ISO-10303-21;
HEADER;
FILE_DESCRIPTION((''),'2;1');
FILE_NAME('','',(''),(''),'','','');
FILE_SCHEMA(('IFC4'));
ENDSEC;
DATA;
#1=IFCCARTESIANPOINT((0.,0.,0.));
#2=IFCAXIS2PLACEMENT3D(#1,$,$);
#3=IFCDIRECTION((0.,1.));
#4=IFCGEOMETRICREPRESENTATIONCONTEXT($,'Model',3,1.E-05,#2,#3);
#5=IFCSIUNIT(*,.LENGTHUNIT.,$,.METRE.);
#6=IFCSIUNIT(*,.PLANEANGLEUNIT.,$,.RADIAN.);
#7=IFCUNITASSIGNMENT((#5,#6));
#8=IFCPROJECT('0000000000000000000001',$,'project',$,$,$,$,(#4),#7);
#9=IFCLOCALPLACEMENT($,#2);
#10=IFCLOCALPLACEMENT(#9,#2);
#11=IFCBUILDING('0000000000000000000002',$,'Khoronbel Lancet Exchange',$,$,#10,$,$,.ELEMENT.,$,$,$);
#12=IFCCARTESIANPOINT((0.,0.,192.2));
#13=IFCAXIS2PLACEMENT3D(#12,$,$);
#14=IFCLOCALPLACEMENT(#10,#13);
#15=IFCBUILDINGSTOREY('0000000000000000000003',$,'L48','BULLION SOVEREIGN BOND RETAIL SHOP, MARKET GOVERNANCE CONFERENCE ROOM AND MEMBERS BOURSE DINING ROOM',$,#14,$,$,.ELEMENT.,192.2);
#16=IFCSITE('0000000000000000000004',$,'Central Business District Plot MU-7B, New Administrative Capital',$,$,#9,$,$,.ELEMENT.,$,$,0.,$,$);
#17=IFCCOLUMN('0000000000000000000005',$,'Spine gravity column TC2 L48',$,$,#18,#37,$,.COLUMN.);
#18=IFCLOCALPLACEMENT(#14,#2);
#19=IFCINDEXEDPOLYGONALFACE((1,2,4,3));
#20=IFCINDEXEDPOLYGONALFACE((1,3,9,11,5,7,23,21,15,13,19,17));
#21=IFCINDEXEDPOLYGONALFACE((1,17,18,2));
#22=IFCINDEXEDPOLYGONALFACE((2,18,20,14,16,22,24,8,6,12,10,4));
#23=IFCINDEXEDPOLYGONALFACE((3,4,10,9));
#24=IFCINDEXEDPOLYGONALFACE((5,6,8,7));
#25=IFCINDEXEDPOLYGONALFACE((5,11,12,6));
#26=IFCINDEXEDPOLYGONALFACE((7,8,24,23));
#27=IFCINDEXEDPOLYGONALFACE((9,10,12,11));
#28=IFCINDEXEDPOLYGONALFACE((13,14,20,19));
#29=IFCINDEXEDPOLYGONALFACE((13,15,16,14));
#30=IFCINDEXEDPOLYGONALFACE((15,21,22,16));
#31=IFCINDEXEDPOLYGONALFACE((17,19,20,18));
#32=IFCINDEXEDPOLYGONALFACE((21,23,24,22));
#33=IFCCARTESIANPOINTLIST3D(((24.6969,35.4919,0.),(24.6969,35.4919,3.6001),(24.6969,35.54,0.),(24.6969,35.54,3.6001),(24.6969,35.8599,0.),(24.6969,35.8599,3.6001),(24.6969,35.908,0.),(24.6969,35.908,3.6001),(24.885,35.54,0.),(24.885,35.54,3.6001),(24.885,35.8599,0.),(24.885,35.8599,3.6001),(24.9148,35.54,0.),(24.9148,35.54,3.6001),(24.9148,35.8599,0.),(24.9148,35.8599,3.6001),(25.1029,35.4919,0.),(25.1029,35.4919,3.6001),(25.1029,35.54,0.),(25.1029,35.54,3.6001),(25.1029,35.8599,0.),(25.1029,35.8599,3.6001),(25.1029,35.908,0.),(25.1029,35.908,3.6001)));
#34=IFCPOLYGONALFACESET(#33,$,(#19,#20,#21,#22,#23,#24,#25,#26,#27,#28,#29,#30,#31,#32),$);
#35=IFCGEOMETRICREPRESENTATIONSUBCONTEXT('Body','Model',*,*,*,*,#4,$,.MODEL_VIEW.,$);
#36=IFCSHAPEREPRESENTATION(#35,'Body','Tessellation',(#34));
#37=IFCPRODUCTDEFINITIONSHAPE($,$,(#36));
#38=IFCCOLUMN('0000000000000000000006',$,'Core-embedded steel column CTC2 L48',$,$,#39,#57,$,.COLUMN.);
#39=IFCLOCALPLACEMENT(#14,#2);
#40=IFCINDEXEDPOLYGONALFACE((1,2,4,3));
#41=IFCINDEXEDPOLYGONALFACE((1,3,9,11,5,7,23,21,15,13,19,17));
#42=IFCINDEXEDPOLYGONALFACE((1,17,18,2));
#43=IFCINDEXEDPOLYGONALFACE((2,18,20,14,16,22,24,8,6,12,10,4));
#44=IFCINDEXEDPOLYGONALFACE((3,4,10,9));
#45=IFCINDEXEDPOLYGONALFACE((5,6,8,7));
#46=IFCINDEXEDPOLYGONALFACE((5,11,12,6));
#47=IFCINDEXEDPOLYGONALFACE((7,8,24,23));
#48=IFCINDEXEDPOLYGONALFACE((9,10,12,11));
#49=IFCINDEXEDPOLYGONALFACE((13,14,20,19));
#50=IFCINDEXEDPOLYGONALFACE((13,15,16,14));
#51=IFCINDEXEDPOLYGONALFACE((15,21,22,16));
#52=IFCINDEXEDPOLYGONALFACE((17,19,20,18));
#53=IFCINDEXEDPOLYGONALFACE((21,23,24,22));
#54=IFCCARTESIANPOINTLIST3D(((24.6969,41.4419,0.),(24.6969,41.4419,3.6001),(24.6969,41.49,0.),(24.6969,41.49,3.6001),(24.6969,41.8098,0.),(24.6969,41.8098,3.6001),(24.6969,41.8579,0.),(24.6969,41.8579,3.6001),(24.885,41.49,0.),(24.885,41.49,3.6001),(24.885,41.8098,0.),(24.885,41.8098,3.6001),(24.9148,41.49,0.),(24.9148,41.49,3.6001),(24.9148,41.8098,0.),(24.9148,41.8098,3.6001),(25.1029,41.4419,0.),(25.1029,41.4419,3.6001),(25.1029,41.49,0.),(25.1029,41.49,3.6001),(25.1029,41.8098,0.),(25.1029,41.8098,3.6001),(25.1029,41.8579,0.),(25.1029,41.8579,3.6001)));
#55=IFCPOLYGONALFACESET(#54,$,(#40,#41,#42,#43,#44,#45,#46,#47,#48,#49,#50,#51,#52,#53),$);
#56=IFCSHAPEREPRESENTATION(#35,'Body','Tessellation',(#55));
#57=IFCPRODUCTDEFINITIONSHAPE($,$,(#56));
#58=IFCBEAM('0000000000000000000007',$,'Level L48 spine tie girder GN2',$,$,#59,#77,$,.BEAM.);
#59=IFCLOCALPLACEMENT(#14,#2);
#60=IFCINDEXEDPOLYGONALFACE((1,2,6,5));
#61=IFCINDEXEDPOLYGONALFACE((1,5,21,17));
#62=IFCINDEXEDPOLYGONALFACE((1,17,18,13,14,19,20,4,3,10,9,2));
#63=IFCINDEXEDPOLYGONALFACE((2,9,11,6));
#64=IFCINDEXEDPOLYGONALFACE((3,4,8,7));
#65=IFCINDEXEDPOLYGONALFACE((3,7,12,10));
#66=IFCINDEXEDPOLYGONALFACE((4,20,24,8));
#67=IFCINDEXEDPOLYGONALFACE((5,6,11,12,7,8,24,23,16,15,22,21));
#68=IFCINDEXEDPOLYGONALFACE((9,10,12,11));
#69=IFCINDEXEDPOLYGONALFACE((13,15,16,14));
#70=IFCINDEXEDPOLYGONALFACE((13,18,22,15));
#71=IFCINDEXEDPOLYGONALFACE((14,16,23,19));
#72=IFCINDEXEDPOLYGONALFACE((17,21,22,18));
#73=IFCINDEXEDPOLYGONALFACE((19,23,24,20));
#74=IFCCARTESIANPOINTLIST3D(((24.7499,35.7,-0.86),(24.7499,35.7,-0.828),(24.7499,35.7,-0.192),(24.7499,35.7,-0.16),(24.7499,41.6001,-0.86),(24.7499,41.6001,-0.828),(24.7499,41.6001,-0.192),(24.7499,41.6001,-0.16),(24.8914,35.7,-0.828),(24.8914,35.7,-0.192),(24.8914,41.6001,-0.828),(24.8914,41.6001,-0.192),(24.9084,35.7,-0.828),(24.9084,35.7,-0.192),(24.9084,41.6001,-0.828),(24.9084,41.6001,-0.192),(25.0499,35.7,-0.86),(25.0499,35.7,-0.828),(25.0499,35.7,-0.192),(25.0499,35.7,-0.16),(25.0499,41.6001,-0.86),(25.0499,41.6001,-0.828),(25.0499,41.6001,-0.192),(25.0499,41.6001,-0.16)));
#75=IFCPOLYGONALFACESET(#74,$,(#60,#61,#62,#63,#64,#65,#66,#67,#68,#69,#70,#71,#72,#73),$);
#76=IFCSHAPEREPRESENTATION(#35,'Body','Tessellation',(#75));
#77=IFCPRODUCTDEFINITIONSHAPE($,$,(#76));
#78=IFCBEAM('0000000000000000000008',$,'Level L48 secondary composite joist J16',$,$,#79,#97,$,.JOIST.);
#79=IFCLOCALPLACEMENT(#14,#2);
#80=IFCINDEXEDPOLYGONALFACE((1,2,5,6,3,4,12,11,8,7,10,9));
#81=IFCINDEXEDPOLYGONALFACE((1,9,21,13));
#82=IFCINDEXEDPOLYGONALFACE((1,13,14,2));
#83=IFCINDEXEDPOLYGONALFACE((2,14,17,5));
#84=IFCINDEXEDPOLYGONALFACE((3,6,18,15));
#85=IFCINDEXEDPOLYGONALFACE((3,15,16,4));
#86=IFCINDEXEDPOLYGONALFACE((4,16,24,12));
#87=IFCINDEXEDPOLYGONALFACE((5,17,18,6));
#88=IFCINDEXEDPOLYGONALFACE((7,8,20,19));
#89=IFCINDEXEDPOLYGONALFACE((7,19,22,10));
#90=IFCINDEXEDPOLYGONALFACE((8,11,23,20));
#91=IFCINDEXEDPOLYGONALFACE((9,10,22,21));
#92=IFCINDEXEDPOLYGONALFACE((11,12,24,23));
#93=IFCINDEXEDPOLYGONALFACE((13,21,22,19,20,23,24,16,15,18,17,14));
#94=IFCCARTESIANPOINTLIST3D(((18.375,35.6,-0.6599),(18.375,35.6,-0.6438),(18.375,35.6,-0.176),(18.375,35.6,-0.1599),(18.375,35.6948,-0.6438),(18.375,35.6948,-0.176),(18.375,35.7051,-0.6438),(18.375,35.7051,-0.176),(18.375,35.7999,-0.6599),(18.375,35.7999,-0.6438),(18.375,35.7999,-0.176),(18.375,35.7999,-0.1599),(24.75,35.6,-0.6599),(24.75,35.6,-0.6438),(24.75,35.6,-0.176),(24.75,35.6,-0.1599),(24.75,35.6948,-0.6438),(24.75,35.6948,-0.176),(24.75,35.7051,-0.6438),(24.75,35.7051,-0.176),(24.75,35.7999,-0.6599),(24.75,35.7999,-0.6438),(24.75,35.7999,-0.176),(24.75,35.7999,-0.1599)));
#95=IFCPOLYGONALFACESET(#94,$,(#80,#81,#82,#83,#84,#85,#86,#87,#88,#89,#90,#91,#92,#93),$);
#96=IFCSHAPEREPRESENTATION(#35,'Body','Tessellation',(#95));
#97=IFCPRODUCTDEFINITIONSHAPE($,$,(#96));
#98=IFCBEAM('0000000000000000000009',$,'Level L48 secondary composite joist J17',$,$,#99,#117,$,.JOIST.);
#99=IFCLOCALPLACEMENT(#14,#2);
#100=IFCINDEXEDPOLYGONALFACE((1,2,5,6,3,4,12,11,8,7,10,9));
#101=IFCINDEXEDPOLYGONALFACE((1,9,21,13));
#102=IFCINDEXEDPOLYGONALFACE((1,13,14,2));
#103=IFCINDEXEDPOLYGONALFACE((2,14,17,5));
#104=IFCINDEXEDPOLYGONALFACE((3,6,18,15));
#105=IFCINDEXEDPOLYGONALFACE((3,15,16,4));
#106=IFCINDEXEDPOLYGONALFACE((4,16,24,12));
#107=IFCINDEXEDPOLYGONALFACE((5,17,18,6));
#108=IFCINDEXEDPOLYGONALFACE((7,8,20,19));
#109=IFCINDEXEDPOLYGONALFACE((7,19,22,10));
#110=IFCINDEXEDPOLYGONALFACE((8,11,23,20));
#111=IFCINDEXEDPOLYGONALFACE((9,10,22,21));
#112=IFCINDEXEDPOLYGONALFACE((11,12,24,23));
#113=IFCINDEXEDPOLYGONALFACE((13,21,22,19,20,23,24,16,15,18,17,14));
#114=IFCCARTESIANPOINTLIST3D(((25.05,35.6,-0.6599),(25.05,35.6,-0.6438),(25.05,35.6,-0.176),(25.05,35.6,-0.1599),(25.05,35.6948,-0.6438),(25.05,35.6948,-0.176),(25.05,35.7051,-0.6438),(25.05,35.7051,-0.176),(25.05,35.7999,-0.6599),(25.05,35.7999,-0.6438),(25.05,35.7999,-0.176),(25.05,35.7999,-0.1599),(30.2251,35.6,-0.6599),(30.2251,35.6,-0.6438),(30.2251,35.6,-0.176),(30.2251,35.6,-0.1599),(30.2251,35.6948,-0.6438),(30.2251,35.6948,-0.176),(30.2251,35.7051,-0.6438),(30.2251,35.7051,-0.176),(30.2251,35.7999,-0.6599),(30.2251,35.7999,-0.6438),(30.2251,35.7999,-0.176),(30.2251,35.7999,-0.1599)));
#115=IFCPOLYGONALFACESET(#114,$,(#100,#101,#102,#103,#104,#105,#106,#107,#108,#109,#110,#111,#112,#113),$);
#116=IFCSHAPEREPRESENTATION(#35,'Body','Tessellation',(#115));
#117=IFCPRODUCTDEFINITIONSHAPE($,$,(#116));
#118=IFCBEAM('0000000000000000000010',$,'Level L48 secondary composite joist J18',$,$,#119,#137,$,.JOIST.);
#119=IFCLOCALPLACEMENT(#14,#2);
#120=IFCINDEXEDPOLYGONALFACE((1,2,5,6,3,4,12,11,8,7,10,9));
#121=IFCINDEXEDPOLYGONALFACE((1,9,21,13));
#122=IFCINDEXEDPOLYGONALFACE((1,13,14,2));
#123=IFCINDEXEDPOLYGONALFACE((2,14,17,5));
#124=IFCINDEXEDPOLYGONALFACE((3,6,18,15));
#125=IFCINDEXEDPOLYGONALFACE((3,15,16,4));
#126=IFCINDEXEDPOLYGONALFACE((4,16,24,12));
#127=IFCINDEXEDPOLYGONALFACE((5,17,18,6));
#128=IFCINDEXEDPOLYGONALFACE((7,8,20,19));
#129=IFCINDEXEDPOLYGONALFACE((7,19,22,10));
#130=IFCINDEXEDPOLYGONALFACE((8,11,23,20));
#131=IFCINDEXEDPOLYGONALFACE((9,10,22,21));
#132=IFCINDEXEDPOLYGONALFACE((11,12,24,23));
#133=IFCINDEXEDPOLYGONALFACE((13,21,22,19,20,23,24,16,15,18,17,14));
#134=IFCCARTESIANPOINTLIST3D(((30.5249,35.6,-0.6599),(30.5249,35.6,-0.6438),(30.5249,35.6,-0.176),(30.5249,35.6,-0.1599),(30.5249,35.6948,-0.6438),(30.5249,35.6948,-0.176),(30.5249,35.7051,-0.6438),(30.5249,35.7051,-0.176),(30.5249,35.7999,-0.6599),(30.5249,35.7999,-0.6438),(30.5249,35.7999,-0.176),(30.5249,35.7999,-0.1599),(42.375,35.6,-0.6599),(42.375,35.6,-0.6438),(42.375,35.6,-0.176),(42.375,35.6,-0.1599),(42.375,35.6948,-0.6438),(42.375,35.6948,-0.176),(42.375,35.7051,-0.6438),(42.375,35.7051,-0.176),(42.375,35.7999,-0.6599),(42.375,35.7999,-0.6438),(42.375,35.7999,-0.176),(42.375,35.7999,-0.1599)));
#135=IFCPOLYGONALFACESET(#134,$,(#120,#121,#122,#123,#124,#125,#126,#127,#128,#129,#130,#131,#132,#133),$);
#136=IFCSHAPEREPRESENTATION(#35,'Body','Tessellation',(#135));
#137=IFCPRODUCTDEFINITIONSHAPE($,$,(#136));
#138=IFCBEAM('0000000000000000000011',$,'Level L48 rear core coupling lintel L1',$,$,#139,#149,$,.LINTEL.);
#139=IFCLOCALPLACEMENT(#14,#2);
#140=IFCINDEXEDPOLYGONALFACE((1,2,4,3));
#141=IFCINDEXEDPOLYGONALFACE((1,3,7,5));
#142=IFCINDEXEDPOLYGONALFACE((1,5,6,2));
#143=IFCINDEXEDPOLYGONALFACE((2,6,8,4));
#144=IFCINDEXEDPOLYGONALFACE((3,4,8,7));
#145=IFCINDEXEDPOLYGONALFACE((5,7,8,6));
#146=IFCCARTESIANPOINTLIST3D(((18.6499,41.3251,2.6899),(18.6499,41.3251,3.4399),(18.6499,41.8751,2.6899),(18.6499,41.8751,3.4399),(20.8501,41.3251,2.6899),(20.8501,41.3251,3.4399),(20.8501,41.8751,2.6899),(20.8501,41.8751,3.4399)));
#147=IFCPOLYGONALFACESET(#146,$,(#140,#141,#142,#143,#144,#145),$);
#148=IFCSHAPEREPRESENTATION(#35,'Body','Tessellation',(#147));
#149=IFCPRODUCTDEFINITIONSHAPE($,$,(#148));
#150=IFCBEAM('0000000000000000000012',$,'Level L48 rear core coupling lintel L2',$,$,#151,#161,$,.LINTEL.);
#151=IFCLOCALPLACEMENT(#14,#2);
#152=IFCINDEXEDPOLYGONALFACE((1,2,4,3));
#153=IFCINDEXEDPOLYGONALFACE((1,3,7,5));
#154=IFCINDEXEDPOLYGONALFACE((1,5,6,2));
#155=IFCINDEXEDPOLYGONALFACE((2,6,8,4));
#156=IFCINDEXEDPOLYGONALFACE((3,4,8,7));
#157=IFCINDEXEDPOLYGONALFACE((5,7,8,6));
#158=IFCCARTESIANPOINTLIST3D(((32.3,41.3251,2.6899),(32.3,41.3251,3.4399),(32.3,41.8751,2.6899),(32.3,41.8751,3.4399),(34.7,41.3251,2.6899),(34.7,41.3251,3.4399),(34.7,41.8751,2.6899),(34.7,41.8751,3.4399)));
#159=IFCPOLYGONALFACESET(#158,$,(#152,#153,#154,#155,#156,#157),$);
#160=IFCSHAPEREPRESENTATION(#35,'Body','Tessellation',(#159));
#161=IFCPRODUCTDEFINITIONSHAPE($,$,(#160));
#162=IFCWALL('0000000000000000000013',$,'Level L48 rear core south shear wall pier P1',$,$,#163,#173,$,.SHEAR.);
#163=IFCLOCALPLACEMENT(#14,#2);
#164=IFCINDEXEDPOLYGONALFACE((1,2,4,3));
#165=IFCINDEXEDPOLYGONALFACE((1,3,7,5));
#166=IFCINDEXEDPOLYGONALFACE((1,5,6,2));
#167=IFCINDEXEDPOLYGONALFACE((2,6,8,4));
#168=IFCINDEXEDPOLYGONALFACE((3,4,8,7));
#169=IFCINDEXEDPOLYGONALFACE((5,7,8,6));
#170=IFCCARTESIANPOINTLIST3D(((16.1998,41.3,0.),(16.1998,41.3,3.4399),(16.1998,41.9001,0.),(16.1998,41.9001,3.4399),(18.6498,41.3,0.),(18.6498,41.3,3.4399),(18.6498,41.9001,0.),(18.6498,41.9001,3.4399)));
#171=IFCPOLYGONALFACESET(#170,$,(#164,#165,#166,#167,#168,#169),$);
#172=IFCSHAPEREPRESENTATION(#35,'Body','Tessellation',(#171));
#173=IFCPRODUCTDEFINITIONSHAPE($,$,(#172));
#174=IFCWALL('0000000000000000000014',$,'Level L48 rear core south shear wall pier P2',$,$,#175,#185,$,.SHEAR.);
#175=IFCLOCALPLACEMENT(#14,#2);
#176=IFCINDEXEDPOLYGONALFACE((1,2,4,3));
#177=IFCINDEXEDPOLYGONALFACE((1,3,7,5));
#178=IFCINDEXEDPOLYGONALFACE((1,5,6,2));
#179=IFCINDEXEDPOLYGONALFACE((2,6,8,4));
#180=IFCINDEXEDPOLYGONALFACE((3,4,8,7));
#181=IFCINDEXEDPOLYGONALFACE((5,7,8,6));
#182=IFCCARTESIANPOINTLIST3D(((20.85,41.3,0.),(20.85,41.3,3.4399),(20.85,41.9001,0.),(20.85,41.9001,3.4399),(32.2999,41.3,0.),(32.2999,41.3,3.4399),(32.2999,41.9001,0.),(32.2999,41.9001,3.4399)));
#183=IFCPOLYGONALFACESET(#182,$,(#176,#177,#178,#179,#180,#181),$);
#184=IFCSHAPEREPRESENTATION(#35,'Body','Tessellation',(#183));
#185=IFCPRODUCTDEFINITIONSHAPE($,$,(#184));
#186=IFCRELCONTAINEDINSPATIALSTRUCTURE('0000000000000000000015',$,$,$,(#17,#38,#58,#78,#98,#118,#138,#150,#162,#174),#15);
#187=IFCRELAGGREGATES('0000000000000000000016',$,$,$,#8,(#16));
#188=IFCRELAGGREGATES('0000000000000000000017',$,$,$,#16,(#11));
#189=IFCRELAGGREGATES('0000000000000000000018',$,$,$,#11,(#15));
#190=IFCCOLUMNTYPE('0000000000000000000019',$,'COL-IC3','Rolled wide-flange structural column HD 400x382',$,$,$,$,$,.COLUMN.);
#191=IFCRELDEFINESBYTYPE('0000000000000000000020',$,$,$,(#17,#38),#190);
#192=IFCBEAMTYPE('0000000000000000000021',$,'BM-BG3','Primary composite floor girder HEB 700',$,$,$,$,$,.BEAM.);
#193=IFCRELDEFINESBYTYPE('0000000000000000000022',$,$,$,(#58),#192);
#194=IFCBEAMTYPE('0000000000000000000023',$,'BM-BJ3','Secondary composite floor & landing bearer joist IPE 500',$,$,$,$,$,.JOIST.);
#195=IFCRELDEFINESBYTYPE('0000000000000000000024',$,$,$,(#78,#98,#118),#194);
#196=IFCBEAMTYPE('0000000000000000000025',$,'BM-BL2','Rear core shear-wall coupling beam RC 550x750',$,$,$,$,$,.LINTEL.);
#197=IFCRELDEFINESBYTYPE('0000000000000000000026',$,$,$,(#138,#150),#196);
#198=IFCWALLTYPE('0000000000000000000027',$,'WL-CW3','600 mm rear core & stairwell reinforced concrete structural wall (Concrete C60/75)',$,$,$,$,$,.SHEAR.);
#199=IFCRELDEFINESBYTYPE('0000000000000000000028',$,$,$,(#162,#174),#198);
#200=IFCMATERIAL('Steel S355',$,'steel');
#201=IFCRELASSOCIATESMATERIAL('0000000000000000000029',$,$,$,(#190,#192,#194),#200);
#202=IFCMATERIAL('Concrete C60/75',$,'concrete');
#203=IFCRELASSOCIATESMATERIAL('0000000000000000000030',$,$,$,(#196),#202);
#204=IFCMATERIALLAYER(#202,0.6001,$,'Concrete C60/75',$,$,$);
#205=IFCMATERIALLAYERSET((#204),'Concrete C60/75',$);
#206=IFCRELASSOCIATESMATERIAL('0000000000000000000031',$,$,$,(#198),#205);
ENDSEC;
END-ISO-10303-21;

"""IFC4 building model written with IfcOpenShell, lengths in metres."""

from ifc_helpers import new_model, si_unit, direction, frame, frame_2d, origin, origin_2d, place, context, subcontext, project, spatial, rectangle, i_section, extrude, material, layer, layer_set, material_profile, profile_set, type_object, element, save


model = new_model("IFC4")

# Units and contexts
model_context = context("Model", 3, precision=1e-05, world=origin(), true_north=direction((0.0, 1.0)))
body_context = subcontext(model_context, "Body", "Model", "MODEL_VIEW")
ifc_project = project(units=[si_unit("LENGTHUNIT", "METRE"), si_unit("PLANEANGLEUNIT", "RADIAN")], contexts=[model_context])

# Site, building, storey
site_placement = place(None, origin())
site = spatial("IfcSite", under=ifc_project, at=site_placement, Name="Central Business District Plot MU-7B, New Administrative Capital", CompositionType="ELEMENT", RefElevation=0.0)
building_placement = place(site_placement, origin())
building = spatial("IfcBuilding", under=site, at=building_placement, Name="Khoronbel Lancet Exchange", CompositionType="ELEMENT")
storey_placement = place(building_placement, frame((0.0, 0.0, 192.2)))
storey = spatial("IfcBuildingStorey", under=building, at=storey_placement, Name="L48", Description="BULLION SOVEREIGN BOND RETAIL SHOP, MARKET GOVERNANCE CONFERENCE ROOM AND MEMBERS BOURSE DINING ROOM", CompositionType="ELEMENT", Elevation=192.2)

# Columns
ifc_material_1 = material(Name="Steel S355", Category="steel")
ifc_material_profile_1 = material_profile(ifc_material_1, i_section(OverallWidth=0.406, OverallDepth=0.416, WebThickness=0.0298, FlangeThickness=0.0481, at=origin_2d()), Name="HD 400x382")
ifc_profile_set_1 = profile_set([ifc_material_profile_1], Name="Steel S355")
column_type = type_object("IfcColumnType", Name="COL-IC3", Description="Rolled wide-flange structural column HD 400x382", PredefinedType="COLUMN", material=ifc_profile_set_1)
for number, where, z_axis, x_axis, name in (
    (1, (24.8999, 35.7, 0.0), (0.0, 0.0, 1.0), (1.0, 0.0, 0.0), "Spine gravity column TC2 L48"),
    (2, (24.8999, 41.6499, 0.0), (0.0, 0.0, 1.0), (1.0, 0.0, 0.0), "Core-embedded steel column CTC2 L48"),
):
    element("IfcColumn", number, at=place(storey_placement, frame(where, z_axis=z_axis, x_axis=x_axis)), inside=storey, type_object=column_type, Name=name, PredefinedType="COLUMN", context=body_context, shape_type="SweptSolid", body=[
        extrude(i_section(OverallWidth=0.406, OverallDepth=0.416, WebThickness=0.0298, FlangeThickness=0.0481, at=origin_2d()), origin(), (0.0, 0.0, 1.0), 3.6001),
    ])

# Beams
ifc_material_profile_2 = material_profile(ifc_material_1, i_section(OverallWidth=0.3, OverallDepth=0.7, WebThickness=0.0171, FlangeThickness=0.032, at=origin_2d()), Name="HEB 700")
ifc_profile_set_2 = profile_set([ifc_material_profile_2], Name="Steel S355")
beam_type_1 = type_object("IfcBeamType", Name="BM-BG3", Description="Primary composite floor girder HEB 700", PredefinedType="BEAM", material=ifc_profile_set_2)
beam_1_placement = place(storey_placement, frame((24.8999, 35.7, -0.51), z_axis=(0.0, 1.0, 0.0), x_axis=(-1.0, 0.0, 0.0)))
element("IfcBeam", 3, at=beam_1_placement, inside=storey, type_object=beam_type_1, Name="Level L48 spine tie girder GN2", PredefinedType="BEAM", context=body_context, shape_type="SweptSolid", body=[
    extrude(i_section(OverallWidth=0.3, OverallDepth=0.7, WebThickness=0.0171, FlangeThickness=0.032, at=origin_2d()), origin(), (0.0, 0.0, 1.0), 5.9001),
])
ifc_material_profile_3 = material_profile(ifc_material_1, i_section(OverallWidth=0.2, OverallDepth=0.5, WebThickness=0.0103, FlangeThickness=0.0161, at=origin_2d()), Name="IPE 500")
ifc_profile_set_3 = profile_set([ifc_material_profile_3], Name="Steel S355")
beam_type_2 = type_object("IfcBeamType", Name="BM-BJ3", Description="Secondary composite floor & landing bearer joist IPE 500", PredefinedType="JOIST", material=ifc_profile_set_3)
beam_2_placement = place(storey_placement, frame((18.375, 35.7, -0.4099), z_axis=(1.0, 0.0, 0.0), x_axis=(0.0, 1.0, 0.0)))
element("IfcBeam", 4, at=beam_2_placement, inside=storey, type_object=beam_type_2, Name="Level L48 secondary composite joist J16", PredefinedType="JOIST", context=body_context, shape_type="SweptSolid", body=[
    extrude(i_section(OverallWidth=0.2, OverallDepth=0.5, WebThickness=0.0103, FlangeThickness=0.0161, at=origin_2d()), origin(), (0.0, 0.0, 1.0), 6.375),
])
beam_3_placement = place(storey_placement, frame((25.05, 35.7, -0.4099), z_axis=(1.0, 0.0, 0.0), x_axis=(0.0, 1.0, 0.0)))
element("IfcBeam", 5, at=beam_3_placement, inside=storey, type_object=beam_type_2, Name="Level L48 secondary composite joist J17", PredefinedType="JOIST", context=body_context, shape_type="SweptSolid", body=[
    extrude(i_section(OverallWidth=0.2, OverallDepth=0.5, WebThickness=0.0103, FlangeThickness=0.0161, at=origin_2d()), origin(), (0.0, 0.0, 1.0), 5.175),
])
beam_4_placement = place(storey_placement, frame((30.5249, 35.7, -0.4099), z_axis=(1.0, 0.0, 0.0), x_axis=(0.0, 1.0, 0.0)))
element("IfcBeam", 6, at=beam_4_placement, inside=storey, type_object=beam_type_2, Name="Level L48 secondary composite joist J18", PredefinedType="JOIST", context=body_context, shape_type="SweptSolid", body=[
    extrude(i_section(OverallWidth=0.2, OverallDepth=0.5, WebThickness=0.0103, FlangeThickness=0.0161, at=origin_2d()), origin(), (0.0, 0.0, 1.0), 11.8501),
])
ifc_material_2 = material(Name="Concrete C60/75", Category="concrete")
ifc_material_profile_4 = material_profile(ifc_material_2, rectangle(XDim=0.55, YDim=0.75, at=origin_2d()), Name="RC 550x750")
ifc_profile_set_4 = profile_set([ifc_material_profile_4], Name="Concrete C60/75")
beam_type_3 = type_object("IfcBeamType", Name="BM-BL2", Description="Rear core shear-wall coupling beam RC 550x750", PredefinedType="LINTEL", material=ifc_profile_set_4)
beam_5_placement = place(storey_placement, frame((18.6499, 41.6001, 3.0649), z_axis=(1.0, 0.0, 0.0), x_axis=(0.0, 1.0, 0.0)))
element("IfcBeam", 7, at=beam_5_placement, inside=storey, type_object=beam_type_3, Name="Level L48 rear core coupling lintel L1", PredefinedType="LINTEL", context=body_context, shape_type="SweptSolid", body=[
    extrude(rectangle(XDim=0.55, YDim=0.75, at=origin_2d()), origin(), (0.0, 0.0, 1.0), 2.2002),
])
beam_6_placement = place(storey_placement, frame((32.3, 41.6001, 3.0649), z_axis=(1.0, 0.0, 0.0), x_axis=(0.0, 1.0, 0.0)))
element("IfcBeam", 8, at=beam_6_placement, inside=storey, type_object=beam_type_3, Name="Level L48 rear core coupling lintel L2", PredefinedType="LINTEL", context=body_context, shape_type="SweptSolid", body=[
    extrude(rectangle(XDim=0.55, YDim=0.75, at=origin_2d()), origin(), (0.0, 0.0, 1.0), 2.3999),
])

# Walls
ifc_layer_1 = layer(ifc_material_2, 0.6001, Name="Concrete C60/75")
ifc_layer_set_1 = layer_set([ifc_layer_1], Name="Concrete C60/75")
wall_type_1 = type_object("IfcWallType", Name="WL-CW3", Description="600 mm rear core & stairwell reinforced concrete structural wall (Concrete C60/75)", PredefinedType="SHEAR", material=ifc_layer_set_1)
wall_1_placement = place(storey_placement, frame((18.6499, 41.6001, 0.0), z_axis=(0.0, 0.0, 1.0), x_axis=(-1.0, 0.0, 0.0)))
element("IfcWall", 9, at=wall_1_placement, inside=storey, type_object=wall_type_1, Name="Level L48 rear core south shear wall pier P1", PredefinedType="SHEAR", context=body_context, shape_type="SweptSolid", body=[
    extrude(rectangle(XDim=2.45, YDim=0.6001, at=frame_2d((1.2251, 0.0))), origin(), (0.0, 0.0, 1.0), 3.4399),
])
wall_2_placement = place(storey_placement, frame((32.3, 41.6001, 0.0), z_axis=(0.0, 0.0, 1.0), x_axis=(-1.0, 0.0, 0.0)))
element("IfcWall", 10, at=wall_2_placement, inside=storey, type_object=wall_type_1, Name="Level L48 rear core south shear wall pier P2", PredefinedType="SHEAR", context=body_context, shape_type="SweptSolid", body=[
    extrude(rectangle(XDim=11.45, YDim=0.6001, at=frame_2d((5.7251, 0.0))), origin(), (0.0, 0.0, 1.0), 3.4399),
])

save(model, "model.ifc")
